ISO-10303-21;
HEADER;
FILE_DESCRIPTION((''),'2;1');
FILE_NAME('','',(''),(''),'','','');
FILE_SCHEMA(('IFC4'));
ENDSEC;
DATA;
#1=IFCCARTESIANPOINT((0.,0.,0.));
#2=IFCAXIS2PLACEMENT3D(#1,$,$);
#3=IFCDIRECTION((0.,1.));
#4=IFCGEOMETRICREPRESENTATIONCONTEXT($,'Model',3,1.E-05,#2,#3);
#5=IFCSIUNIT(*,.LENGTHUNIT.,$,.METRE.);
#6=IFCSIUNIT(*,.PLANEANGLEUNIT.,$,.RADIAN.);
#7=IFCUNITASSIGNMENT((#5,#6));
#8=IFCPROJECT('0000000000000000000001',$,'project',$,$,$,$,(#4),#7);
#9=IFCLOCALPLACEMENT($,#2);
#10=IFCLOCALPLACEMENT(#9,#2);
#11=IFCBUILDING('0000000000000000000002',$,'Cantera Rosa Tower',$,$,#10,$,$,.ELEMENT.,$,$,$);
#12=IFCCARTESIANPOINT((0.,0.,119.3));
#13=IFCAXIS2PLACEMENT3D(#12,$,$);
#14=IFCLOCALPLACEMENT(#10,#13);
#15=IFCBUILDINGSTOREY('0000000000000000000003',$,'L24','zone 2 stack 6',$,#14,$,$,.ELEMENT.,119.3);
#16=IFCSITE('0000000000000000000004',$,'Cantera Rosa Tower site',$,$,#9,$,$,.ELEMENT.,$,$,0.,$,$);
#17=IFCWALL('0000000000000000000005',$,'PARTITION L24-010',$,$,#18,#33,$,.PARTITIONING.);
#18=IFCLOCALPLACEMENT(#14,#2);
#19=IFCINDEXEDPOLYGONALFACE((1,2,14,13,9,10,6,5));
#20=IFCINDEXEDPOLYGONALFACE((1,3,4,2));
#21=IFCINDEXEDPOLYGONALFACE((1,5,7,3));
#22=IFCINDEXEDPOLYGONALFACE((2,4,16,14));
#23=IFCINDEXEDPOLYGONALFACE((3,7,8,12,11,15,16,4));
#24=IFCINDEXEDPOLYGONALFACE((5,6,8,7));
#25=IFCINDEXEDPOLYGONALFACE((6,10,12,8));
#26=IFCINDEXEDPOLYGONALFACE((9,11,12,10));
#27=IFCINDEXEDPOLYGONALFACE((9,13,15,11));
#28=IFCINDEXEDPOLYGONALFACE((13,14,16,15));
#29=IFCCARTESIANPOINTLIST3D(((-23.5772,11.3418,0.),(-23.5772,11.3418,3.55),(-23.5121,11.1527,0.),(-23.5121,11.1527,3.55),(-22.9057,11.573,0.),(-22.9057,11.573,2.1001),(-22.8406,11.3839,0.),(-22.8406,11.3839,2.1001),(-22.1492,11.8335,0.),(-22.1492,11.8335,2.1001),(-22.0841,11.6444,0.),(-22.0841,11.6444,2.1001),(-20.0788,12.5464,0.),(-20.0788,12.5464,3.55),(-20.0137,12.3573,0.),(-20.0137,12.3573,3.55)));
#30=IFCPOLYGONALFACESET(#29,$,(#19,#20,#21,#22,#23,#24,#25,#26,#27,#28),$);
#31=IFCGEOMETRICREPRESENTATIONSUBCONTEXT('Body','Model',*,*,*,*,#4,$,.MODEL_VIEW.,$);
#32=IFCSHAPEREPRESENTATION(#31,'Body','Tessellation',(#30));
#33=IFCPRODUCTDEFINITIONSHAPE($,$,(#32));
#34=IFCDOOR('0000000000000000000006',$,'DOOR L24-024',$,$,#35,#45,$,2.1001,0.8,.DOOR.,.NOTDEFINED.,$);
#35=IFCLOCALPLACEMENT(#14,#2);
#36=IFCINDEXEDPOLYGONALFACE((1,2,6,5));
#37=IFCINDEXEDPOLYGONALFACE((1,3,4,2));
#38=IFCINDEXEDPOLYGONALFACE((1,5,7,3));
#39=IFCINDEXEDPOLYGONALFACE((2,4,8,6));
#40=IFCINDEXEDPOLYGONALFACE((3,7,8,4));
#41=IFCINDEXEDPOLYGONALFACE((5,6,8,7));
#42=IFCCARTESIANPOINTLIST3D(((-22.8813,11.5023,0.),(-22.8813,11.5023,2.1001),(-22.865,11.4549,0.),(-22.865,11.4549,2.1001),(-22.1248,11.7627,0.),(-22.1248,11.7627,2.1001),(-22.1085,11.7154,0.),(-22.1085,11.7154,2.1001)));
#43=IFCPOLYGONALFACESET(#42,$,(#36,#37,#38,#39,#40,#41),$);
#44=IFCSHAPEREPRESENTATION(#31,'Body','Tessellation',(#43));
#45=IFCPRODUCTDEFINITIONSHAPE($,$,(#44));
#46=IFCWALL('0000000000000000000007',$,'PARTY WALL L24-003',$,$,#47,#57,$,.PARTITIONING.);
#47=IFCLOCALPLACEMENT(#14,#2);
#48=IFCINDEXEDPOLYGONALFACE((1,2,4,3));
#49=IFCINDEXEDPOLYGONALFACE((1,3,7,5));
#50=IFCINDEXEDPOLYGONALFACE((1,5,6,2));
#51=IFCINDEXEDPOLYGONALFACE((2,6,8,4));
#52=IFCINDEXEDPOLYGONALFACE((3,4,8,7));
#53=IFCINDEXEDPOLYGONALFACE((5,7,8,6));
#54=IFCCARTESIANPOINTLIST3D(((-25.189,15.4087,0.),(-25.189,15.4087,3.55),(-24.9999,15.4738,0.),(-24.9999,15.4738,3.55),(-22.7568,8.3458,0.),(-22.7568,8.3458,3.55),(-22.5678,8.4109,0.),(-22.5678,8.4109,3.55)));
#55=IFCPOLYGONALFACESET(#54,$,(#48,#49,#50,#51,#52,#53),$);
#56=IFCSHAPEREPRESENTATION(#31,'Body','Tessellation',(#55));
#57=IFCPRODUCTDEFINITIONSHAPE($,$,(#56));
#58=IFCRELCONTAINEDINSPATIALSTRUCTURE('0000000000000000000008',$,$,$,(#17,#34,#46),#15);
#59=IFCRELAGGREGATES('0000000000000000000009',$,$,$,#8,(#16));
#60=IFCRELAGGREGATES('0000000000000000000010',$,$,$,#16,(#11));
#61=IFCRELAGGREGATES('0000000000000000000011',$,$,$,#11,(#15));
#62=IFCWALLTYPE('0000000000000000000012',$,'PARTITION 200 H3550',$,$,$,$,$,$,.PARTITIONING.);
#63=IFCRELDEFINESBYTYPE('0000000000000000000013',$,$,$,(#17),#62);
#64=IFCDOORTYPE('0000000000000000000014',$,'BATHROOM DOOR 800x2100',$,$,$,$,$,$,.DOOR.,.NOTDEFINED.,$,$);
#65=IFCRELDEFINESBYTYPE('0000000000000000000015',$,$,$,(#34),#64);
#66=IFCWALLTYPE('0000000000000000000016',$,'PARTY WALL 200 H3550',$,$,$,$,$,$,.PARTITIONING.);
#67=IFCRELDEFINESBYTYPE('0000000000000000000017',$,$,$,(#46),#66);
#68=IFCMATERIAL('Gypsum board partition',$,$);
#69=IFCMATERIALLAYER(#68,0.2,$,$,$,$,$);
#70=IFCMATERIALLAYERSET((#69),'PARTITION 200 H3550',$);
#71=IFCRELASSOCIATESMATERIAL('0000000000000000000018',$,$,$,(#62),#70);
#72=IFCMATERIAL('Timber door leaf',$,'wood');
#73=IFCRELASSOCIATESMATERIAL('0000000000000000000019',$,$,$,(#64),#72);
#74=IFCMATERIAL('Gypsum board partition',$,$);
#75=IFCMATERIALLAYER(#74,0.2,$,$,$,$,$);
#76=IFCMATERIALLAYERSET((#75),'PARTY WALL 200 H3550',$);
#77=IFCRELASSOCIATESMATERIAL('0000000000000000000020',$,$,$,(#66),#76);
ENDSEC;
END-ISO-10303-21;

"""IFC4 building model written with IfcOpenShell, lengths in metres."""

from ifc_helpers import new_model, si_unit, direction, frame, frame_2d, origin, place, context, subcontext, project, spatial, rectangle, extrude, material, layer, layer_set, type_object, element, fill, save


model = new_model("IFC4")

# Units and contexts
model_context = context("Model", 3, precision=1e-05, world=origin(), true_north=direction((0.0, 1.0)))
body_context = subcontext(model_context, "Body", "Model", "MODEL_VIEW")
ifc_project = project(units=[si_unit("LENGTHUNIT", "METRE"), si_unit("PLANEANGLEUNIT", "RADIAN")], contexts=[model_context])

# Site, building, storey
site_placement = place(None, origin())
site = spatial("IfcSite", under=ifc_project, at=site_placement, Name="Cantera Rosa Tower site", CompositionType="ELEMENT", RefElevation=0.0)
building_placement = place(site_placement, origin())
building = spatial("IfcBuilding", under=site, at=building_placement, Name="Cantera Rosa Tower", CompositionType="ELEMENT")
storey_placement = place(building_placement, frame((0.0, 0.0, 119.3)))
storey = spatial("IfcBuildingStorey", under=building, at=storey_placement, Name="L24", Description="zone 2 stack 6", CompositionType="ELEMENT", Elevation=119.3)

# Shared definitions
ifc_material_1 = material(Name="Gypsum board partition")
ifc_layer_1 = layer(ifc_material_1, 0.2)
ifc_layer_set_1 = layer_set([ifc_layer_1], Name="PARTITION 200 H3550")
wall_type_1 = type_object("IfcWallType", Name="PARTITION 200 H3550", PredefinedType="PARTITIONING", material=ifc_layer_set_1)

# Wall, opening, door
wall_1_placement = place(storey_placement, frame((-20.0461, 12.4519, 0.0), z_axis=(0.0, 0.0, 1.0), x_axis=(-0.945516, -0.325576, 0.0)))
wall_1 = element("IfcWall", 1, at=wall_1_placement, inside=storey, type_object=wall_type_1, Name="PARTITION L24-010", PredefinedType="PARTITIONING", context=body_context, shape_type="SweptSolid", body=[
    extrude(rectangle(XDim=3.7, YDim=0.2, at=frame_2d((1.8501, 0.0))), origin(), (0.0, 0.0, 1.0), 3.55),
])
opening_1_placement = place(wall_1_placement, frame((2.1899, 0.0, 0.0)))
opening_1 = element("IfcOpeningElement", 2, at=opening_1_placement, cuts=wall_1, PredefinedType="OPENING", context=body_context, shape_type="SweptSolid", body=[
    extrude(rectangle(XDim=0.8, YDim=2.1001, at=frame_2d((0.3999, 1.05))), frame((0.0, 0.1099, 0.0), z_axis=(0.0, -1.0, 0.0), x_axis=(1.0, 0.0, 0.0)), (0.0, 0.0, 1.0), 0.22),
])
ifc_material_2 = material(Name="Timber door leaf", Category="wood")
door_type_1 = type_object("IfcDoorType", Name="BATHROOM DOOR 800x2100", OperationType="NOTDEFINED", PredefinedType="DOOR", material=ifc_material_2)
door_1_placement = place(opening_1_placement, origin())
door_1 = element("IfcDoor", 3, at=door_1_placement, inside=storey, type_object=door_type_1, Name="DOOR L24-024", OperationType="NOTDEFINED", OverallHeight=2.1001, OverallWidth=0.8, PredefinedType="DOOR", context=body_context, shape_type="SweptSolid", body=[
    extrude(rectangle(XDim=0.8, YDim=2.1001, at=frame_2d((0.3999, 1.05))), frame((0.0, 0.0249, 0.0), z_axis=(0.0, -1.0, 0.0), x_axis=(1.0, 0.0, 0.0)), (0.0, 0.0, 1.0), 0.05),
])
fill(opening_1, door_1)

# Wall
ifc_material_3 = material(Name="Gypsum board partition")
ifc_layer_2 = layer(ifc_material_3, 0.2)
ifc_layer_set_2 = layer_set([ifc_layer_2], Name="PARTY WALL 200 H3550")
wall_type_2 = type_object("IfcWallType", Name="PARTY WALL 200 H3550", PredefinedType="PARTITIONING", material=ifc_layer_set_2)
wall_2_placement = place(storey_placement, frame((-22.6624, 8.3784, 0.0), z_axis=(0.0, 0.0, 1.0), x_axis=(-0.325586, 0.945513, 0.0)))
element("IfcWall", 4, at=wall_2_placement, inside=storey, type_object=wall_type_2, Name="PARTY WALL L24-003", PredefinedType="PARTITIONING", context=body_context, shape_type="SweptSolid", body=[
    extrude(rectangle(XDim=7.47, YDim=0.2, at=frame_2d((3.7349, 0.0))), origin(), (0.0, 0.0, 1.0), 3.55),
])

save(model, "model.ifc")
